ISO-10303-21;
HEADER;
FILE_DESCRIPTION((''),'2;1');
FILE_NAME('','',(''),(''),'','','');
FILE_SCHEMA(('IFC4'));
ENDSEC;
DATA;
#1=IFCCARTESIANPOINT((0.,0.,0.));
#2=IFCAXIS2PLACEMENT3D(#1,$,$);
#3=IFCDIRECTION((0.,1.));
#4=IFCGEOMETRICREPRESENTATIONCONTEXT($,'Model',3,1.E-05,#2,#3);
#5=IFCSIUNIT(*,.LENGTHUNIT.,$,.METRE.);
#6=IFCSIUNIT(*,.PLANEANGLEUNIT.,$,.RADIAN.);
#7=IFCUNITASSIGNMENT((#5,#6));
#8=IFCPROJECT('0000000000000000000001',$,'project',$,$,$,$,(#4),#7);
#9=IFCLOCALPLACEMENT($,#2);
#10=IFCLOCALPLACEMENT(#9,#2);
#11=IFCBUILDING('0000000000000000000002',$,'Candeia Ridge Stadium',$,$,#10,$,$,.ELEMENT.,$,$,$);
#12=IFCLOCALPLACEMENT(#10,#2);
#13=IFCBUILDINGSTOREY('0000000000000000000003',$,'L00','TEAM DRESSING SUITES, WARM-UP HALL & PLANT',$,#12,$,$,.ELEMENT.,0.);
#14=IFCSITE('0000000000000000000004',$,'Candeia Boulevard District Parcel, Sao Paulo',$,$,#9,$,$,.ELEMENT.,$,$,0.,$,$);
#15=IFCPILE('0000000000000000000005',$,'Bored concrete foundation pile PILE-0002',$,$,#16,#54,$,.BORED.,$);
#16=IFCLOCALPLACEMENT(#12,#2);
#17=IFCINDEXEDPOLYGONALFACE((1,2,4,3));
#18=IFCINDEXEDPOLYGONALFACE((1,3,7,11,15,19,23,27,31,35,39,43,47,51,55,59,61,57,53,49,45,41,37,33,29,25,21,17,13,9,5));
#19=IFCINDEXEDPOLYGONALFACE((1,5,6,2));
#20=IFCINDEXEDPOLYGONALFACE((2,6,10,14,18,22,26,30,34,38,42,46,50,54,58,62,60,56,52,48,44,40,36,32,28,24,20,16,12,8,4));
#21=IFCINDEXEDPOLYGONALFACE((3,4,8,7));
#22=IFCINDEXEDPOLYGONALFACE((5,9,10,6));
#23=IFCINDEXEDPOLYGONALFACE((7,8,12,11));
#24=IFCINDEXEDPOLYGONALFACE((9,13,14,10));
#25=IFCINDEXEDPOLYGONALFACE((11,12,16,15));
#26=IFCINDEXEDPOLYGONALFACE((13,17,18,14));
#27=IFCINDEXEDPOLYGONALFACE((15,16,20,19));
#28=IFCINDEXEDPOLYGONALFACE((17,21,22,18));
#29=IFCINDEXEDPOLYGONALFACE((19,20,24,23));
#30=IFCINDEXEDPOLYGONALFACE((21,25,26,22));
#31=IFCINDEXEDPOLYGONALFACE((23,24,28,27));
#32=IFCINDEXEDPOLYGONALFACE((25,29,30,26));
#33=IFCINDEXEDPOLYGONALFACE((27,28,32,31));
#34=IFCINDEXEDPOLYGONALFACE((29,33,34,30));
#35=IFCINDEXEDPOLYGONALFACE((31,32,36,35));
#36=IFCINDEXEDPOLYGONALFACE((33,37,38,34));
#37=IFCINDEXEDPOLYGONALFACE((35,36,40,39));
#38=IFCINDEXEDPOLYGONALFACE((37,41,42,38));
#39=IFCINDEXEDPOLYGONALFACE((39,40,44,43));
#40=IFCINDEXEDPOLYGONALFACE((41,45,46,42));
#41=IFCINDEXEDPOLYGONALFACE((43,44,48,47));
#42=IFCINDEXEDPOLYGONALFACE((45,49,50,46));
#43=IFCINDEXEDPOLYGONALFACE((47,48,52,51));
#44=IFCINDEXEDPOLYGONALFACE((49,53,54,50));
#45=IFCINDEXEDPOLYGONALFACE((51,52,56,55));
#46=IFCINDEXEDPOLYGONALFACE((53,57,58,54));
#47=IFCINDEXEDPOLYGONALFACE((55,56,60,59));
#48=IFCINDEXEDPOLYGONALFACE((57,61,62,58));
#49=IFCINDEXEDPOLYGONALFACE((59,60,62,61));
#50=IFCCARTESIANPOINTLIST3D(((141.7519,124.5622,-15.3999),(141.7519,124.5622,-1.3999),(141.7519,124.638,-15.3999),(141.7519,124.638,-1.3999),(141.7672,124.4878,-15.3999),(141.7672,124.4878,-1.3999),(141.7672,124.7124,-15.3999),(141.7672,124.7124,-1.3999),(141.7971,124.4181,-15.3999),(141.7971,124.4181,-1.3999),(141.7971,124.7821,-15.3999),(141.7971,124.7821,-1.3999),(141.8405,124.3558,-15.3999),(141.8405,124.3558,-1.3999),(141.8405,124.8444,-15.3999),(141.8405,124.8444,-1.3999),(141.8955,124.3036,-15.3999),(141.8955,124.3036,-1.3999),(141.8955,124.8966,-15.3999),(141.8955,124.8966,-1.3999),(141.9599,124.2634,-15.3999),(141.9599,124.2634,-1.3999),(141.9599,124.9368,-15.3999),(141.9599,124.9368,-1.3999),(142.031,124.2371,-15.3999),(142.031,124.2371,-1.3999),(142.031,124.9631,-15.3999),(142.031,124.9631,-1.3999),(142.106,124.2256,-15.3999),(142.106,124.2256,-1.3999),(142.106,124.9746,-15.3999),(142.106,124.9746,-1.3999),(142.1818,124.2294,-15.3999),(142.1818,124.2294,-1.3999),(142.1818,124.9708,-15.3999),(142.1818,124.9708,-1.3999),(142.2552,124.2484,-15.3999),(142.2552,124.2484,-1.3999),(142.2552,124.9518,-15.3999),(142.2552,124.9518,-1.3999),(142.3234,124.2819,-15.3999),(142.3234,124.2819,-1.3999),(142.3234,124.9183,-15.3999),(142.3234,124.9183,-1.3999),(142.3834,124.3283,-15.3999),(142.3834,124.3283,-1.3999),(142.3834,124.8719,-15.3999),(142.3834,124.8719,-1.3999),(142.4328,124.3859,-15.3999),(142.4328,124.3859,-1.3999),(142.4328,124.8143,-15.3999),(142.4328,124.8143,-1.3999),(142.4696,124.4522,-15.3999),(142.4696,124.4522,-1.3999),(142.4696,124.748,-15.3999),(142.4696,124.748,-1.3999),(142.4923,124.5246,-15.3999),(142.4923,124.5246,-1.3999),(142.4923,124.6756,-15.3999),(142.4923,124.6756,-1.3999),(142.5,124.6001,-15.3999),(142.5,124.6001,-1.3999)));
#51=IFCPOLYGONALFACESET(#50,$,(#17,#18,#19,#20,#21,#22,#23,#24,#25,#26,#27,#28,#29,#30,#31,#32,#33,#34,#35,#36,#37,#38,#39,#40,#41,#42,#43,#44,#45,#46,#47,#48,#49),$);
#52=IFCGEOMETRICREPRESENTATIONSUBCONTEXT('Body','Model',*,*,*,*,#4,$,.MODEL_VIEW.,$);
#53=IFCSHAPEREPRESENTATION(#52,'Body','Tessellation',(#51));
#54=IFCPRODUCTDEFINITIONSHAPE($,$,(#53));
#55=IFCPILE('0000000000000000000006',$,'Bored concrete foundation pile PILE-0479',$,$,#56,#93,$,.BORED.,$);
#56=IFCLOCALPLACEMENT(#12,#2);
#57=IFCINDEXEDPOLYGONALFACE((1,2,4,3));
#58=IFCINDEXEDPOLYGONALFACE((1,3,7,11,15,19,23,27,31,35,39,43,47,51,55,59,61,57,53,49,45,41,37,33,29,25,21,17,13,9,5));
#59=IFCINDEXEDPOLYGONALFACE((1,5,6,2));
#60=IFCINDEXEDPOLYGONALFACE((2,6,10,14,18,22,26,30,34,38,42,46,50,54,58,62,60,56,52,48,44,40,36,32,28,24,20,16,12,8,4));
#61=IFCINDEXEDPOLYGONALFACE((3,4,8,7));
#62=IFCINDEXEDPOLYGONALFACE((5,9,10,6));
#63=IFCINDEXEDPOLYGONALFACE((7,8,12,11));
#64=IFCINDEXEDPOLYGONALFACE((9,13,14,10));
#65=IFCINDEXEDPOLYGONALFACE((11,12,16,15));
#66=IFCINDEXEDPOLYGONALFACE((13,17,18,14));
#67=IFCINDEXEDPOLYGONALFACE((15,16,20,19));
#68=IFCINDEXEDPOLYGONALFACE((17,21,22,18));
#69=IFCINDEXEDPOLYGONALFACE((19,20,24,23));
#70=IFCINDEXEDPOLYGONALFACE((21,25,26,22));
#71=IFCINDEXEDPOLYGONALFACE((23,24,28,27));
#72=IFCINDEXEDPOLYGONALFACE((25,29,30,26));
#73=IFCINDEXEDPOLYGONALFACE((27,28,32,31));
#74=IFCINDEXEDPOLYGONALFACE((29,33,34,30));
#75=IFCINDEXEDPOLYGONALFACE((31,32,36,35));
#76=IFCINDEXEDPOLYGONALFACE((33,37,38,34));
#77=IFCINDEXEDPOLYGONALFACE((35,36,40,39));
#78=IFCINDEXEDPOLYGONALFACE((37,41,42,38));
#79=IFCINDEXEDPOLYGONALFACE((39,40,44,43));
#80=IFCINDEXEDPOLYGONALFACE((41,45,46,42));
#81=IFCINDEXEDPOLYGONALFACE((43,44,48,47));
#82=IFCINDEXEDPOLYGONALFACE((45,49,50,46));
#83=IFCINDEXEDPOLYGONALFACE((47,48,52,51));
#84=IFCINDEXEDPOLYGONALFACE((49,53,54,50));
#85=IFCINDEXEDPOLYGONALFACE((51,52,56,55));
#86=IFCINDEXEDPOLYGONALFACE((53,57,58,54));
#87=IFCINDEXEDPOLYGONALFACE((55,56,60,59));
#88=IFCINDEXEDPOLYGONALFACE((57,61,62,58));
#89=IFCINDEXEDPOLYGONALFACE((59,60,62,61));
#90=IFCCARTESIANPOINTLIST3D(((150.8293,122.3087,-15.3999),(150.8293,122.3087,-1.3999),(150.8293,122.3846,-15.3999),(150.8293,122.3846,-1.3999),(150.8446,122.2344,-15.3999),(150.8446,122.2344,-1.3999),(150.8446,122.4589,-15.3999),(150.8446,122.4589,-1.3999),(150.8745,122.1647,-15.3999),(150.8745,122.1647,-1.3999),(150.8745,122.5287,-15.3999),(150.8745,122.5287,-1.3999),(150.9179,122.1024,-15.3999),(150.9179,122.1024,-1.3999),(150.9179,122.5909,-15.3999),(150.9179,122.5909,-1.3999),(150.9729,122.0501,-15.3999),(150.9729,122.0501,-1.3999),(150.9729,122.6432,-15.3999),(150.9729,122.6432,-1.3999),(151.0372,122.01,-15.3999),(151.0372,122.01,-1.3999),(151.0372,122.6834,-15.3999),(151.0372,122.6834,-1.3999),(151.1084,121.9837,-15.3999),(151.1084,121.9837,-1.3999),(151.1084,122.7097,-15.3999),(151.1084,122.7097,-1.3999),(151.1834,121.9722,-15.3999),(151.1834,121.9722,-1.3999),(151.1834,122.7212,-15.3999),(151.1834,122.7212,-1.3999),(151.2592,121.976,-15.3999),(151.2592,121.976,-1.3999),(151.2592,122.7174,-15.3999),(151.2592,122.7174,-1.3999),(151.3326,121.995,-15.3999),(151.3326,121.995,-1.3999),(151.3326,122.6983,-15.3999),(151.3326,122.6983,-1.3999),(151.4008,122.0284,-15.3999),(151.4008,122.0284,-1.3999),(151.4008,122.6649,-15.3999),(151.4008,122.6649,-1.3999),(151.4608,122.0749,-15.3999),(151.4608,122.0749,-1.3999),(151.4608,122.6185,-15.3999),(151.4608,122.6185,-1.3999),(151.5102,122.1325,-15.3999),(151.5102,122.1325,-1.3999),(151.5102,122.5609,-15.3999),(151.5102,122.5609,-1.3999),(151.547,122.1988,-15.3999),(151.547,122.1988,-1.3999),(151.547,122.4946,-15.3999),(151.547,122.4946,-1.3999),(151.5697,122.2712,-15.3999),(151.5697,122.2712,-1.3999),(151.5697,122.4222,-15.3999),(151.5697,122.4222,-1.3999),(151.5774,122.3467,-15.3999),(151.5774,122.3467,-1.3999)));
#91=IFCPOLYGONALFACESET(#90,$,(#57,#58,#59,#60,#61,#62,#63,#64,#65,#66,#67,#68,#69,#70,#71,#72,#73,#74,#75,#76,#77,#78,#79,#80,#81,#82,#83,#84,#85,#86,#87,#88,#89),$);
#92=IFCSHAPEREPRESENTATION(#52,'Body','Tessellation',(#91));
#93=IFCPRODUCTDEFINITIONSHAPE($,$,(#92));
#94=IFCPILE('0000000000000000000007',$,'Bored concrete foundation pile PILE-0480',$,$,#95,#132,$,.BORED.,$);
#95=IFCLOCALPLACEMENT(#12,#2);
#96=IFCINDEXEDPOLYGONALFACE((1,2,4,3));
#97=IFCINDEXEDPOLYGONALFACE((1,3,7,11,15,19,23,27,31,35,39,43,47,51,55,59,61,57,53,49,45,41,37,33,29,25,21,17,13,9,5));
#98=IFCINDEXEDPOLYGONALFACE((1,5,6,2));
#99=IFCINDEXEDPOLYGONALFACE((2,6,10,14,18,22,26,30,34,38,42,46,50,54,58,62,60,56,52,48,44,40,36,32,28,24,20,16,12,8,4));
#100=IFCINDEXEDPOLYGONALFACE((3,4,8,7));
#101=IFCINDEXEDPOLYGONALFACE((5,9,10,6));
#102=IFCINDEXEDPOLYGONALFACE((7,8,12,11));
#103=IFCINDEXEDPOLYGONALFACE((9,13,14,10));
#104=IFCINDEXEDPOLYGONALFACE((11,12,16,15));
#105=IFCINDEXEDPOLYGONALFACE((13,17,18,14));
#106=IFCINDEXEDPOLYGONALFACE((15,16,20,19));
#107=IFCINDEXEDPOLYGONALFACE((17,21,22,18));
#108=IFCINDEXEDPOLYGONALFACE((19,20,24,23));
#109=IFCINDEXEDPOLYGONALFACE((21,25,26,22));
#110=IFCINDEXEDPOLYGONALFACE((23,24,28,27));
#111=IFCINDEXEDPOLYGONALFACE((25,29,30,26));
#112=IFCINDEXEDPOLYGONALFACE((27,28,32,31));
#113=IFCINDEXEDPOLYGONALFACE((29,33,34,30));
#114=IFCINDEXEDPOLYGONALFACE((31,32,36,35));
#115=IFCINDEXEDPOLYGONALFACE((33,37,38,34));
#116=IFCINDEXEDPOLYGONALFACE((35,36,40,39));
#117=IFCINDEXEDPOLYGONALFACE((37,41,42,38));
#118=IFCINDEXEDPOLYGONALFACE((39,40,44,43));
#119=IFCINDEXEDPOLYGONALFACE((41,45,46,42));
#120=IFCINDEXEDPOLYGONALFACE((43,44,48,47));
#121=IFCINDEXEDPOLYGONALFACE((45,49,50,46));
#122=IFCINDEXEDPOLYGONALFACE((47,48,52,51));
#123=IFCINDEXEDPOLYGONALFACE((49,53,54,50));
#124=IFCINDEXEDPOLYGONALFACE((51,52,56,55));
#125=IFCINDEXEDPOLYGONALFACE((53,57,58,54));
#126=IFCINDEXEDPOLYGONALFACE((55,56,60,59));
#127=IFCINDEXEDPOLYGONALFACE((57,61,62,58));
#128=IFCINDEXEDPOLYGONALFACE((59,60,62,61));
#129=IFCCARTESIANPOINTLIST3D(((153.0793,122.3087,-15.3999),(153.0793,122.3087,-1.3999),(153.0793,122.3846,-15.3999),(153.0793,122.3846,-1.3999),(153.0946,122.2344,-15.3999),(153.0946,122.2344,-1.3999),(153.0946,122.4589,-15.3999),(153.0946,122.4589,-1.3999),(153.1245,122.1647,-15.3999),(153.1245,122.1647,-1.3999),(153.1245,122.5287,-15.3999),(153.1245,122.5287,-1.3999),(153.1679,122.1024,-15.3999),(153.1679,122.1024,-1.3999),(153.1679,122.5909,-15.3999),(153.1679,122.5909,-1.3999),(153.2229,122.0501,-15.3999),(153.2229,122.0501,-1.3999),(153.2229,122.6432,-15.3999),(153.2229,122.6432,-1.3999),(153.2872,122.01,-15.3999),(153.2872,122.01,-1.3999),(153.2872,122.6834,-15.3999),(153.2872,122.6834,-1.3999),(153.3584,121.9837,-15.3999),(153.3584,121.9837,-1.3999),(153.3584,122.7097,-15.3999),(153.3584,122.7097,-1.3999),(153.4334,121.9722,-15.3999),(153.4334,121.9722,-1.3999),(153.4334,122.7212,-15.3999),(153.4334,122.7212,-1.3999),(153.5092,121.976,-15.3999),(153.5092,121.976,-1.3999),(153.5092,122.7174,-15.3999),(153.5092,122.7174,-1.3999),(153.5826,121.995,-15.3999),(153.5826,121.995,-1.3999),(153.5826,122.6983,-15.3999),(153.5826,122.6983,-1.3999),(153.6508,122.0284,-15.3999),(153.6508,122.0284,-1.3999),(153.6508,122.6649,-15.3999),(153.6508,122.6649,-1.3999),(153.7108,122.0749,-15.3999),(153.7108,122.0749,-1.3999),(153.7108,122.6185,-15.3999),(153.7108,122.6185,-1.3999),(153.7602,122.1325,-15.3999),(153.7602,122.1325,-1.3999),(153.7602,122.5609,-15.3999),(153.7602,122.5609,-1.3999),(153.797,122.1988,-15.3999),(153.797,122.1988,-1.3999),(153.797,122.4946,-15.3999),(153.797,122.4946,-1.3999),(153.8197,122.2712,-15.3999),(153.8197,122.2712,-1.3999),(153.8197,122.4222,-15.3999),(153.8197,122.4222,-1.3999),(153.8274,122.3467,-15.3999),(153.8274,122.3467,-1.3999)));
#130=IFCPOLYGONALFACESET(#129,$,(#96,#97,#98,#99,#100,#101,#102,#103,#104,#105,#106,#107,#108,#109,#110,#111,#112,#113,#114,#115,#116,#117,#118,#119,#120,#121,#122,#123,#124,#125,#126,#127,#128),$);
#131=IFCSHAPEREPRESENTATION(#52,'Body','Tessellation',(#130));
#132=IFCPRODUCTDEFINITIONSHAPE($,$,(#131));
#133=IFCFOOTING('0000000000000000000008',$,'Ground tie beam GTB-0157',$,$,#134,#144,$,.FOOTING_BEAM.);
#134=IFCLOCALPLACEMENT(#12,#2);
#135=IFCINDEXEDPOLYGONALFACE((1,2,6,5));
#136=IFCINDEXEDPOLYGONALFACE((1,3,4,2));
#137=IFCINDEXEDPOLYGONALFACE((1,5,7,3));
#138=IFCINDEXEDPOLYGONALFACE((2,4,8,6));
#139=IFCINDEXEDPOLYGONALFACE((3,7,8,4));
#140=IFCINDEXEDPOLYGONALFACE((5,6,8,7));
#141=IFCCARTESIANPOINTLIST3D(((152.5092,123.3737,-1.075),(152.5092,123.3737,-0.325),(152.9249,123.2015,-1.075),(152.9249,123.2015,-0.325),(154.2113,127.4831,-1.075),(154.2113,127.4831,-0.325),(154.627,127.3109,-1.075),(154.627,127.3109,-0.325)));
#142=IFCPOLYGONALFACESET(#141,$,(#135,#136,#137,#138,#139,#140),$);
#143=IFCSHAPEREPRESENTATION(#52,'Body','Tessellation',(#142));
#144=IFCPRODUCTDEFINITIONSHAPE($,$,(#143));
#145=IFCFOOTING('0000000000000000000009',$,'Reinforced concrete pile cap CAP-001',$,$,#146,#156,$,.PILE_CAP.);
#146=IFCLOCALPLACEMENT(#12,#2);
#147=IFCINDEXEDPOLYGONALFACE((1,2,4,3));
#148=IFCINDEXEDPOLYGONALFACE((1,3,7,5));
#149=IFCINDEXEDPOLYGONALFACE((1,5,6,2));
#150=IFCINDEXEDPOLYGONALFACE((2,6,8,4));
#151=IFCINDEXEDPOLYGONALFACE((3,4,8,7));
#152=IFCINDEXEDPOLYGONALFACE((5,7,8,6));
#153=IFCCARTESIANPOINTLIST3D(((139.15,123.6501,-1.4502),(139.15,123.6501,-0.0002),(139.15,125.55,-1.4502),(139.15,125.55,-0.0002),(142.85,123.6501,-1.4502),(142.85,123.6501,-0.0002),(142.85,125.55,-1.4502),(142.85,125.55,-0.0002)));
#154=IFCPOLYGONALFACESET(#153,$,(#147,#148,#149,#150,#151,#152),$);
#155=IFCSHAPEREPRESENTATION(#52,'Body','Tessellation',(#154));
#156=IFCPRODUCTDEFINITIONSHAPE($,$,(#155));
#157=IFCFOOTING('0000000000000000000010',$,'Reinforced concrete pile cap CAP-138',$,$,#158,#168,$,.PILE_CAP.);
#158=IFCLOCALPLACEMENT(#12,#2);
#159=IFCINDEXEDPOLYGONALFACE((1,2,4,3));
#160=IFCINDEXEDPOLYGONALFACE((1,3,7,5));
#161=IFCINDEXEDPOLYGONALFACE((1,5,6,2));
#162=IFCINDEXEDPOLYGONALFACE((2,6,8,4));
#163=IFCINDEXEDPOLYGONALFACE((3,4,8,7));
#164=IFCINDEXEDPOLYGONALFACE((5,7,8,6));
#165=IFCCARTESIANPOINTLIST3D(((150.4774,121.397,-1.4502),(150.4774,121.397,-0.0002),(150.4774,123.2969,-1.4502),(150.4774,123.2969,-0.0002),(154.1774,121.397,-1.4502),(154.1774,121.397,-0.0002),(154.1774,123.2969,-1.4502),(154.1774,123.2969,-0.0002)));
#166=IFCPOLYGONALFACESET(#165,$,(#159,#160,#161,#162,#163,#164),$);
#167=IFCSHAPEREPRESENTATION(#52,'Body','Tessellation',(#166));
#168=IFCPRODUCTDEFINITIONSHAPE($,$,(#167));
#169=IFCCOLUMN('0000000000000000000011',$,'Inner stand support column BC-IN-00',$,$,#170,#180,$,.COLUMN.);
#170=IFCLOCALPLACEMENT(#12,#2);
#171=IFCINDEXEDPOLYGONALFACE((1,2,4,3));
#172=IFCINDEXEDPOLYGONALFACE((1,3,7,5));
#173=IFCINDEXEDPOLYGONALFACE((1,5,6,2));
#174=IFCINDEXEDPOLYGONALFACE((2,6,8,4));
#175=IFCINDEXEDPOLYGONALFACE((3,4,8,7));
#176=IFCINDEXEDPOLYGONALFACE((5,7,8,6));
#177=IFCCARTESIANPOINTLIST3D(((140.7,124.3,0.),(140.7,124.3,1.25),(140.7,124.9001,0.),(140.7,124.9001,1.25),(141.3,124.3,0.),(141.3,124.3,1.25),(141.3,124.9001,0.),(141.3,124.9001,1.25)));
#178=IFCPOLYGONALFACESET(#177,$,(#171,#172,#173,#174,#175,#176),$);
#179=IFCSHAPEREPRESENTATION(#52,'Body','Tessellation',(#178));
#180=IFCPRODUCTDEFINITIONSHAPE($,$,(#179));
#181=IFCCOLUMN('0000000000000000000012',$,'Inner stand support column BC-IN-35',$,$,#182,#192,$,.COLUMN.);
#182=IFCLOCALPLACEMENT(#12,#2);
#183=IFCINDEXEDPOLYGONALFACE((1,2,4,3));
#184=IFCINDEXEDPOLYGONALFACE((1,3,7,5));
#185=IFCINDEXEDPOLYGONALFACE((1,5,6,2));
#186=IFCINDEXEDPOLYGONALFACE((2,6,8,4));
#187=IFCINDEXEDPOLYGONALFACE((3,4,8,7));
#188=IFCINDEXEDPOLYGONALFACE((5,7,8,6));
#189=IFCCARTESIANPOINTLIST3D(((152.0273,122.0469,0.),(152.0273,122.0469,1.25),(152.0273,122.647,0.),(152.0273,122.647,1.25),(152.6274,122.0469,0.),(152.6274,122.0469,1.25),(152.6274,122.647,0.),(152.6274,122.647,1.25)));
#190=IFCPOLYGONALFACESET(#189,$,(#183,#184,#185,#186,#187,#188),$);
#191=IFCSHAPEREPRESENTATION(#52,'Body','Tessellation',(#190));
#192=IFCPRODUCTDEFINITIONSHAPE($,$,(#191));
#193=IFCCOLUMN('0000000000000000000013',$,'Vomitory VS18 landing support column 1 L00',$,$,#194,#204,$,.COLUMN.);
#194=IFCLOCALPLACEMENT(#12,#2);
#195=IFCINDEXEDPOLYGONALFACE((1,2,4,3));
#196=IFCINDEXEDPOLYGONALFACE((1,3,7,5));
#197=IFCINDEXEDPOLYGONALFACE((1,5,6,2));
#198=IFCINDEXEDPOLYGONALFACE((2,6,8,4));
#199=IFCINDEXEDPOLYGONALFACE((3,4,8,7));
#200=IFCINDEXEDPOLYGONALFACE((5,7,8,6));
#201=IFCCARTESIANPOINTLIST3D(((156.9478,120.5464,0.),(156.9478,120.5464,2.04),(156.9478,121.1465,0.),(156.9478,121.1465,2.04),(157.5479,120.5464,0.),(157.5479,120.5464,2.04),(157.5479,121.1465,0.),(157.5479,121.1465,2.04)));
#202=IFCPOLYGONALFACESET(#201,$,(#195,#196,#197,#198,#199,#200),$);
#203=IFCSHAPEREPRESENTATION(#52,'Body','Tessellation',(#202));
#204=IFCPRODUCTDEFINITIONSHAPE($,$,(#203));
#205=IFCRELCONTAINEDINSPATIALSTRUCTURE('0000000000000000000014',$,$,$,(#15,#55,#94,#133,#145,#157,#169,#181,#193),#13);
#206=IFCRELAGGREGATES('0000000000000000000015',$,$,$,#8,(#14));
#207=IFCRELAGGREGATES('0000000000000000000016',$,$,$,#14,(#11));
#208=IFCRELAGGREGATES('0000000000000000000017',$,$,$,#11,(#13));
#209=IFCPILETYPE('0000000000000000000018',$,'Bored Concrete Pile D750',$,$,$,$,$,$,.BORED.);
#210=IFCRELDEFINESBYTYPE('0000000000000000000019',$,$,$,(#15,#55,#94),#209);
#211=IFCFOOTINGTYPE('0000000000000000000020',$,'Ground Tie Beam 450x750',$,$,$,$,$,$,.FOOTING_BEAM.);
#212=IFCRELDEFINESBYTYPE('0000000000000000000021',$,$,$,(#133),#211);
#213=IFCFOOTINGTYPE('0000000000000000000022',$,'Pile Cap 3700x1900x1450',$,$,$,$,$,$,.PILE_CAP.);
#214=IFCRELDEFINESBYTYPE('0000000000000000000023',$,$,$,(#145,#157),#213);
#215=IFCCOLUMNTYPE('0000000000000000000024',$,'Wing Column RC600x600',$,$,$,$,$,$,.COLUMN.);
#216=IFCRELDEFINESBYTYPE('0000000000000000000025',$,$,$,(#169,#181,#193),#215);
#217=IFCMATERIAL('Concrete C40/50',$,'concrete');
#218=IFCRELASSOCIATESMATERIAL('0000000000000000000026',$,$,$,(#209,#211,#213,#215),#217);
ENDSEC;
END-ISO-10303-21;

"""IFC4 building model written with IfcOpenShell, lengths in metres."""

from ifc_helpers import new_model, si_unit, direction, frame, origin, origin_2d, place, context, subcontext, project, spatial, rectangle, circle, extrude, material, material_profile, profile_set, type_object, element, save


model = new_model("IFC4")

# Units and contexts
model_context = context("Model", 3, precision=1e-05, world=origin(), true_north=direction((0.0, 1.0)))
body_context = subcontext(model_context, "Body", "Model", "MODEL_VIEW")
ifc_project = project(units=[si_unit("LENGTHUNIT", "METRE"), si_unit("PLANEANGLEUNIT", "RADIAN")], contexts=[model_context])

# Site, building, storey
site_placement = place(None, origin())
site = spatial("IfcSite", under=ifc_project, at=site_placement, Name="Candeia Boulevard District Parcel, Sao Paulo", CompositionType="ELEMENT", RefElevation=0.0)
building_placement = place(site_placement, origin())
building = spatial("IfcBuilding", under=site, at=building_placement, Name="Candeia Ridge Stadium", CompositionType="ELEMENT")
storey_placement = place(building_placement, origin())
storey = spatial("IfcBuildingStorey", under=building, at=storey_placement, Name="L00", Description="TEAM DRESSING SUITES, WARM-UP HALL & PLANT", CompositionType="ELEMENT", Elevation=0.0)

# Piles
ifc_material_1 = material(Name="Concrete C40/50", Category="concrete")
ifc_material_profile_1 = material_profile(ifc_material_1, circle(Radius=0.375, at=origin_2d()), Name="PILE-D750", Category="concrete")
ifc_profile_set_1 = profile_set([ifc_material_profile_1], Name="Concrete C40/50")
pile_type = type_object("IfcPileType", Name="Bored Concrete Pile D750", PredefinedType="BORED", material=ifc_profile_set_1)
for number, where, z_axis, x_axis, name in (
    (1, (142.125, 124.6001, -1.3999), (0.0, 0.0, -1.0), (1.0, 0.0, 0.0), "Bored concrete foundation pile PILE-0002"),
    (2, (151.2024, 122.3467, -1.3999), (0.0, 0.0, -1.0), (1.0, 0.0, 0.0), "Bored concrete foundation pile PILE-0479"),
    (3, (153.4524, 122.3467, -1.3999), (0.0, 0.0, -1.0), (1.0, 0.0, 0.0), "Bored concrete foundation pile PILE-0480"),
):
    element("IfcPile", number, at=place(storey_placement, frame(where, z_axis=z_axis, x_axis=x_axis)), inside=storey, type_object=pile_type, Name=name, PredefinedType="BORED", context=body_context, shape_type="SweptSolid", body=[
        extrude(circle(Radius=0.375, at=origin_2d()), origin(), (0.0, 0.0, 1.0), 14.0),
    ])

# Footings
footing_type_1 = type_object("IfcFootingType", Name="Ground Tie Beam 450x750", PredefinedType="FOOTING_BEAM", material=ifc_material_1)
footing_placement = place(storey_placement, frame((153.5681, 125.3423, -1.075), z_axis=(0.0, 0.0, 1.0), x_axis=(0.382681, 0.92388, 0.0)))
element("IfcFooting", 4, at=footing_placement, inside=storey, type_object=footing_type_1, Name="Ground tie beam GTB-0157", PredefinedType="FOOTING_BEAM", context=body_context, shape_type="SweptSolid", body=[
    extrude(rectangle(XDim=4.448, YDim=0.45, at=origin_2d()), origin(), (0.0, 0.0, 1.0), 0.75),
])
footing_type_2 = type_object("IfcFootingType", Name="Pile Cap 3700x1900x1450", PredefinedType="PILE_CAP", material=ifc_material_1)
for number, where, z_axis, x_axis, name in (
    (5, (141.0, 124.6001, -1.4502), (0.0, 0.0, 1.0), (1.0, 0.0, 0.0), "Reinforced concrete pile cap CAP-001"),
    (6, (152.3274, 122.3469, -1.4502), (0.0, 0.0, 1.0), (1.0, 0.0, 0.0), "Reinforced concrete pile cap CAP-138"),
):
    element("IfcFooting", number, at=place(storey_placement, frame(where, z_axis=z_axis, x_axis=x_axis)), inside=storey, type_object=footing_type_2, Name=name, PredefinedType="PILE_CAP", context=body_context, shape_type="SweptSolid", body=[
        extrude(rectangle(XDim=3.7, YDim=1.8999, at=origin_2d()), origin(), (0.0, 0.0, 1.0), 1.45),
    ])

# Columns
ifc_material_profile_2 = material_profile(ifc_material_1, rectangle(XDim=0.6001, YDim=0.6001, at=origin_2d()), Name="RC600x600", Category="concrete")
ifc_profile_set_2 = profile_set([ifc_material_profile_2], Name="Concrete C40/50")
column_type = type_object("IfcColumnType", Name="Wing Column RC600x600", PredefinedType="COLUMN", material=ifc_profile_set_2)
for number, where, z_axis, x_axis, name in (
    (7, (141.0, 124.6001, 0.0), (0.0, 0.0, 1.0), (1.0, 0.0, 0.0), "Inner stand support column BC-IN-00"),
    (8, (152.3274, 122.3469, 0.0), (0.0, 0.0, 1.0), (1.0, 0.0, 0.0), "Inner stand support column BC-IN-35"),
):
    element("IfcColumn", number, at=place(storey_placement, frame(where, z_axis=z_axis, x_axis=x_axis)), inside=storey, type_object=column_type, Name=name, PredefinedType="COLUMN", context=body_context, shape_type="SweptSolid", body=[
        extrude(rectangle(XDim=0.6001, YDim=0.6001, at=origin_2d()), origin(), (0.0, 0.0, 1.0), 1.25),
    ])
for number, where, z_axis, x_axis, name in (
    (9, (157.2478, 120.8464, 0.0), (0.0, 0.0, 1.0), (1.0, 0.0, 0.0), "Vomitory VS18 landing support column 1 L00"),
):
    element("IfcColumn", number, at=place(storey_placement, frame(where, z_axis=z_axis, x_axis=x_axis)), inside=storey, type_object=column_type, Name=name, PredefinedType="COLUMN", context=body_context, shape_type="SweptSolid", body=[
        extrude(rectangle(XDim=0.6001, YDim=0.6001, at=origin_2d()), origin(), (0.0, 0.0, 1.0), 2.04),
    ])

save(model, "model.ifc")
